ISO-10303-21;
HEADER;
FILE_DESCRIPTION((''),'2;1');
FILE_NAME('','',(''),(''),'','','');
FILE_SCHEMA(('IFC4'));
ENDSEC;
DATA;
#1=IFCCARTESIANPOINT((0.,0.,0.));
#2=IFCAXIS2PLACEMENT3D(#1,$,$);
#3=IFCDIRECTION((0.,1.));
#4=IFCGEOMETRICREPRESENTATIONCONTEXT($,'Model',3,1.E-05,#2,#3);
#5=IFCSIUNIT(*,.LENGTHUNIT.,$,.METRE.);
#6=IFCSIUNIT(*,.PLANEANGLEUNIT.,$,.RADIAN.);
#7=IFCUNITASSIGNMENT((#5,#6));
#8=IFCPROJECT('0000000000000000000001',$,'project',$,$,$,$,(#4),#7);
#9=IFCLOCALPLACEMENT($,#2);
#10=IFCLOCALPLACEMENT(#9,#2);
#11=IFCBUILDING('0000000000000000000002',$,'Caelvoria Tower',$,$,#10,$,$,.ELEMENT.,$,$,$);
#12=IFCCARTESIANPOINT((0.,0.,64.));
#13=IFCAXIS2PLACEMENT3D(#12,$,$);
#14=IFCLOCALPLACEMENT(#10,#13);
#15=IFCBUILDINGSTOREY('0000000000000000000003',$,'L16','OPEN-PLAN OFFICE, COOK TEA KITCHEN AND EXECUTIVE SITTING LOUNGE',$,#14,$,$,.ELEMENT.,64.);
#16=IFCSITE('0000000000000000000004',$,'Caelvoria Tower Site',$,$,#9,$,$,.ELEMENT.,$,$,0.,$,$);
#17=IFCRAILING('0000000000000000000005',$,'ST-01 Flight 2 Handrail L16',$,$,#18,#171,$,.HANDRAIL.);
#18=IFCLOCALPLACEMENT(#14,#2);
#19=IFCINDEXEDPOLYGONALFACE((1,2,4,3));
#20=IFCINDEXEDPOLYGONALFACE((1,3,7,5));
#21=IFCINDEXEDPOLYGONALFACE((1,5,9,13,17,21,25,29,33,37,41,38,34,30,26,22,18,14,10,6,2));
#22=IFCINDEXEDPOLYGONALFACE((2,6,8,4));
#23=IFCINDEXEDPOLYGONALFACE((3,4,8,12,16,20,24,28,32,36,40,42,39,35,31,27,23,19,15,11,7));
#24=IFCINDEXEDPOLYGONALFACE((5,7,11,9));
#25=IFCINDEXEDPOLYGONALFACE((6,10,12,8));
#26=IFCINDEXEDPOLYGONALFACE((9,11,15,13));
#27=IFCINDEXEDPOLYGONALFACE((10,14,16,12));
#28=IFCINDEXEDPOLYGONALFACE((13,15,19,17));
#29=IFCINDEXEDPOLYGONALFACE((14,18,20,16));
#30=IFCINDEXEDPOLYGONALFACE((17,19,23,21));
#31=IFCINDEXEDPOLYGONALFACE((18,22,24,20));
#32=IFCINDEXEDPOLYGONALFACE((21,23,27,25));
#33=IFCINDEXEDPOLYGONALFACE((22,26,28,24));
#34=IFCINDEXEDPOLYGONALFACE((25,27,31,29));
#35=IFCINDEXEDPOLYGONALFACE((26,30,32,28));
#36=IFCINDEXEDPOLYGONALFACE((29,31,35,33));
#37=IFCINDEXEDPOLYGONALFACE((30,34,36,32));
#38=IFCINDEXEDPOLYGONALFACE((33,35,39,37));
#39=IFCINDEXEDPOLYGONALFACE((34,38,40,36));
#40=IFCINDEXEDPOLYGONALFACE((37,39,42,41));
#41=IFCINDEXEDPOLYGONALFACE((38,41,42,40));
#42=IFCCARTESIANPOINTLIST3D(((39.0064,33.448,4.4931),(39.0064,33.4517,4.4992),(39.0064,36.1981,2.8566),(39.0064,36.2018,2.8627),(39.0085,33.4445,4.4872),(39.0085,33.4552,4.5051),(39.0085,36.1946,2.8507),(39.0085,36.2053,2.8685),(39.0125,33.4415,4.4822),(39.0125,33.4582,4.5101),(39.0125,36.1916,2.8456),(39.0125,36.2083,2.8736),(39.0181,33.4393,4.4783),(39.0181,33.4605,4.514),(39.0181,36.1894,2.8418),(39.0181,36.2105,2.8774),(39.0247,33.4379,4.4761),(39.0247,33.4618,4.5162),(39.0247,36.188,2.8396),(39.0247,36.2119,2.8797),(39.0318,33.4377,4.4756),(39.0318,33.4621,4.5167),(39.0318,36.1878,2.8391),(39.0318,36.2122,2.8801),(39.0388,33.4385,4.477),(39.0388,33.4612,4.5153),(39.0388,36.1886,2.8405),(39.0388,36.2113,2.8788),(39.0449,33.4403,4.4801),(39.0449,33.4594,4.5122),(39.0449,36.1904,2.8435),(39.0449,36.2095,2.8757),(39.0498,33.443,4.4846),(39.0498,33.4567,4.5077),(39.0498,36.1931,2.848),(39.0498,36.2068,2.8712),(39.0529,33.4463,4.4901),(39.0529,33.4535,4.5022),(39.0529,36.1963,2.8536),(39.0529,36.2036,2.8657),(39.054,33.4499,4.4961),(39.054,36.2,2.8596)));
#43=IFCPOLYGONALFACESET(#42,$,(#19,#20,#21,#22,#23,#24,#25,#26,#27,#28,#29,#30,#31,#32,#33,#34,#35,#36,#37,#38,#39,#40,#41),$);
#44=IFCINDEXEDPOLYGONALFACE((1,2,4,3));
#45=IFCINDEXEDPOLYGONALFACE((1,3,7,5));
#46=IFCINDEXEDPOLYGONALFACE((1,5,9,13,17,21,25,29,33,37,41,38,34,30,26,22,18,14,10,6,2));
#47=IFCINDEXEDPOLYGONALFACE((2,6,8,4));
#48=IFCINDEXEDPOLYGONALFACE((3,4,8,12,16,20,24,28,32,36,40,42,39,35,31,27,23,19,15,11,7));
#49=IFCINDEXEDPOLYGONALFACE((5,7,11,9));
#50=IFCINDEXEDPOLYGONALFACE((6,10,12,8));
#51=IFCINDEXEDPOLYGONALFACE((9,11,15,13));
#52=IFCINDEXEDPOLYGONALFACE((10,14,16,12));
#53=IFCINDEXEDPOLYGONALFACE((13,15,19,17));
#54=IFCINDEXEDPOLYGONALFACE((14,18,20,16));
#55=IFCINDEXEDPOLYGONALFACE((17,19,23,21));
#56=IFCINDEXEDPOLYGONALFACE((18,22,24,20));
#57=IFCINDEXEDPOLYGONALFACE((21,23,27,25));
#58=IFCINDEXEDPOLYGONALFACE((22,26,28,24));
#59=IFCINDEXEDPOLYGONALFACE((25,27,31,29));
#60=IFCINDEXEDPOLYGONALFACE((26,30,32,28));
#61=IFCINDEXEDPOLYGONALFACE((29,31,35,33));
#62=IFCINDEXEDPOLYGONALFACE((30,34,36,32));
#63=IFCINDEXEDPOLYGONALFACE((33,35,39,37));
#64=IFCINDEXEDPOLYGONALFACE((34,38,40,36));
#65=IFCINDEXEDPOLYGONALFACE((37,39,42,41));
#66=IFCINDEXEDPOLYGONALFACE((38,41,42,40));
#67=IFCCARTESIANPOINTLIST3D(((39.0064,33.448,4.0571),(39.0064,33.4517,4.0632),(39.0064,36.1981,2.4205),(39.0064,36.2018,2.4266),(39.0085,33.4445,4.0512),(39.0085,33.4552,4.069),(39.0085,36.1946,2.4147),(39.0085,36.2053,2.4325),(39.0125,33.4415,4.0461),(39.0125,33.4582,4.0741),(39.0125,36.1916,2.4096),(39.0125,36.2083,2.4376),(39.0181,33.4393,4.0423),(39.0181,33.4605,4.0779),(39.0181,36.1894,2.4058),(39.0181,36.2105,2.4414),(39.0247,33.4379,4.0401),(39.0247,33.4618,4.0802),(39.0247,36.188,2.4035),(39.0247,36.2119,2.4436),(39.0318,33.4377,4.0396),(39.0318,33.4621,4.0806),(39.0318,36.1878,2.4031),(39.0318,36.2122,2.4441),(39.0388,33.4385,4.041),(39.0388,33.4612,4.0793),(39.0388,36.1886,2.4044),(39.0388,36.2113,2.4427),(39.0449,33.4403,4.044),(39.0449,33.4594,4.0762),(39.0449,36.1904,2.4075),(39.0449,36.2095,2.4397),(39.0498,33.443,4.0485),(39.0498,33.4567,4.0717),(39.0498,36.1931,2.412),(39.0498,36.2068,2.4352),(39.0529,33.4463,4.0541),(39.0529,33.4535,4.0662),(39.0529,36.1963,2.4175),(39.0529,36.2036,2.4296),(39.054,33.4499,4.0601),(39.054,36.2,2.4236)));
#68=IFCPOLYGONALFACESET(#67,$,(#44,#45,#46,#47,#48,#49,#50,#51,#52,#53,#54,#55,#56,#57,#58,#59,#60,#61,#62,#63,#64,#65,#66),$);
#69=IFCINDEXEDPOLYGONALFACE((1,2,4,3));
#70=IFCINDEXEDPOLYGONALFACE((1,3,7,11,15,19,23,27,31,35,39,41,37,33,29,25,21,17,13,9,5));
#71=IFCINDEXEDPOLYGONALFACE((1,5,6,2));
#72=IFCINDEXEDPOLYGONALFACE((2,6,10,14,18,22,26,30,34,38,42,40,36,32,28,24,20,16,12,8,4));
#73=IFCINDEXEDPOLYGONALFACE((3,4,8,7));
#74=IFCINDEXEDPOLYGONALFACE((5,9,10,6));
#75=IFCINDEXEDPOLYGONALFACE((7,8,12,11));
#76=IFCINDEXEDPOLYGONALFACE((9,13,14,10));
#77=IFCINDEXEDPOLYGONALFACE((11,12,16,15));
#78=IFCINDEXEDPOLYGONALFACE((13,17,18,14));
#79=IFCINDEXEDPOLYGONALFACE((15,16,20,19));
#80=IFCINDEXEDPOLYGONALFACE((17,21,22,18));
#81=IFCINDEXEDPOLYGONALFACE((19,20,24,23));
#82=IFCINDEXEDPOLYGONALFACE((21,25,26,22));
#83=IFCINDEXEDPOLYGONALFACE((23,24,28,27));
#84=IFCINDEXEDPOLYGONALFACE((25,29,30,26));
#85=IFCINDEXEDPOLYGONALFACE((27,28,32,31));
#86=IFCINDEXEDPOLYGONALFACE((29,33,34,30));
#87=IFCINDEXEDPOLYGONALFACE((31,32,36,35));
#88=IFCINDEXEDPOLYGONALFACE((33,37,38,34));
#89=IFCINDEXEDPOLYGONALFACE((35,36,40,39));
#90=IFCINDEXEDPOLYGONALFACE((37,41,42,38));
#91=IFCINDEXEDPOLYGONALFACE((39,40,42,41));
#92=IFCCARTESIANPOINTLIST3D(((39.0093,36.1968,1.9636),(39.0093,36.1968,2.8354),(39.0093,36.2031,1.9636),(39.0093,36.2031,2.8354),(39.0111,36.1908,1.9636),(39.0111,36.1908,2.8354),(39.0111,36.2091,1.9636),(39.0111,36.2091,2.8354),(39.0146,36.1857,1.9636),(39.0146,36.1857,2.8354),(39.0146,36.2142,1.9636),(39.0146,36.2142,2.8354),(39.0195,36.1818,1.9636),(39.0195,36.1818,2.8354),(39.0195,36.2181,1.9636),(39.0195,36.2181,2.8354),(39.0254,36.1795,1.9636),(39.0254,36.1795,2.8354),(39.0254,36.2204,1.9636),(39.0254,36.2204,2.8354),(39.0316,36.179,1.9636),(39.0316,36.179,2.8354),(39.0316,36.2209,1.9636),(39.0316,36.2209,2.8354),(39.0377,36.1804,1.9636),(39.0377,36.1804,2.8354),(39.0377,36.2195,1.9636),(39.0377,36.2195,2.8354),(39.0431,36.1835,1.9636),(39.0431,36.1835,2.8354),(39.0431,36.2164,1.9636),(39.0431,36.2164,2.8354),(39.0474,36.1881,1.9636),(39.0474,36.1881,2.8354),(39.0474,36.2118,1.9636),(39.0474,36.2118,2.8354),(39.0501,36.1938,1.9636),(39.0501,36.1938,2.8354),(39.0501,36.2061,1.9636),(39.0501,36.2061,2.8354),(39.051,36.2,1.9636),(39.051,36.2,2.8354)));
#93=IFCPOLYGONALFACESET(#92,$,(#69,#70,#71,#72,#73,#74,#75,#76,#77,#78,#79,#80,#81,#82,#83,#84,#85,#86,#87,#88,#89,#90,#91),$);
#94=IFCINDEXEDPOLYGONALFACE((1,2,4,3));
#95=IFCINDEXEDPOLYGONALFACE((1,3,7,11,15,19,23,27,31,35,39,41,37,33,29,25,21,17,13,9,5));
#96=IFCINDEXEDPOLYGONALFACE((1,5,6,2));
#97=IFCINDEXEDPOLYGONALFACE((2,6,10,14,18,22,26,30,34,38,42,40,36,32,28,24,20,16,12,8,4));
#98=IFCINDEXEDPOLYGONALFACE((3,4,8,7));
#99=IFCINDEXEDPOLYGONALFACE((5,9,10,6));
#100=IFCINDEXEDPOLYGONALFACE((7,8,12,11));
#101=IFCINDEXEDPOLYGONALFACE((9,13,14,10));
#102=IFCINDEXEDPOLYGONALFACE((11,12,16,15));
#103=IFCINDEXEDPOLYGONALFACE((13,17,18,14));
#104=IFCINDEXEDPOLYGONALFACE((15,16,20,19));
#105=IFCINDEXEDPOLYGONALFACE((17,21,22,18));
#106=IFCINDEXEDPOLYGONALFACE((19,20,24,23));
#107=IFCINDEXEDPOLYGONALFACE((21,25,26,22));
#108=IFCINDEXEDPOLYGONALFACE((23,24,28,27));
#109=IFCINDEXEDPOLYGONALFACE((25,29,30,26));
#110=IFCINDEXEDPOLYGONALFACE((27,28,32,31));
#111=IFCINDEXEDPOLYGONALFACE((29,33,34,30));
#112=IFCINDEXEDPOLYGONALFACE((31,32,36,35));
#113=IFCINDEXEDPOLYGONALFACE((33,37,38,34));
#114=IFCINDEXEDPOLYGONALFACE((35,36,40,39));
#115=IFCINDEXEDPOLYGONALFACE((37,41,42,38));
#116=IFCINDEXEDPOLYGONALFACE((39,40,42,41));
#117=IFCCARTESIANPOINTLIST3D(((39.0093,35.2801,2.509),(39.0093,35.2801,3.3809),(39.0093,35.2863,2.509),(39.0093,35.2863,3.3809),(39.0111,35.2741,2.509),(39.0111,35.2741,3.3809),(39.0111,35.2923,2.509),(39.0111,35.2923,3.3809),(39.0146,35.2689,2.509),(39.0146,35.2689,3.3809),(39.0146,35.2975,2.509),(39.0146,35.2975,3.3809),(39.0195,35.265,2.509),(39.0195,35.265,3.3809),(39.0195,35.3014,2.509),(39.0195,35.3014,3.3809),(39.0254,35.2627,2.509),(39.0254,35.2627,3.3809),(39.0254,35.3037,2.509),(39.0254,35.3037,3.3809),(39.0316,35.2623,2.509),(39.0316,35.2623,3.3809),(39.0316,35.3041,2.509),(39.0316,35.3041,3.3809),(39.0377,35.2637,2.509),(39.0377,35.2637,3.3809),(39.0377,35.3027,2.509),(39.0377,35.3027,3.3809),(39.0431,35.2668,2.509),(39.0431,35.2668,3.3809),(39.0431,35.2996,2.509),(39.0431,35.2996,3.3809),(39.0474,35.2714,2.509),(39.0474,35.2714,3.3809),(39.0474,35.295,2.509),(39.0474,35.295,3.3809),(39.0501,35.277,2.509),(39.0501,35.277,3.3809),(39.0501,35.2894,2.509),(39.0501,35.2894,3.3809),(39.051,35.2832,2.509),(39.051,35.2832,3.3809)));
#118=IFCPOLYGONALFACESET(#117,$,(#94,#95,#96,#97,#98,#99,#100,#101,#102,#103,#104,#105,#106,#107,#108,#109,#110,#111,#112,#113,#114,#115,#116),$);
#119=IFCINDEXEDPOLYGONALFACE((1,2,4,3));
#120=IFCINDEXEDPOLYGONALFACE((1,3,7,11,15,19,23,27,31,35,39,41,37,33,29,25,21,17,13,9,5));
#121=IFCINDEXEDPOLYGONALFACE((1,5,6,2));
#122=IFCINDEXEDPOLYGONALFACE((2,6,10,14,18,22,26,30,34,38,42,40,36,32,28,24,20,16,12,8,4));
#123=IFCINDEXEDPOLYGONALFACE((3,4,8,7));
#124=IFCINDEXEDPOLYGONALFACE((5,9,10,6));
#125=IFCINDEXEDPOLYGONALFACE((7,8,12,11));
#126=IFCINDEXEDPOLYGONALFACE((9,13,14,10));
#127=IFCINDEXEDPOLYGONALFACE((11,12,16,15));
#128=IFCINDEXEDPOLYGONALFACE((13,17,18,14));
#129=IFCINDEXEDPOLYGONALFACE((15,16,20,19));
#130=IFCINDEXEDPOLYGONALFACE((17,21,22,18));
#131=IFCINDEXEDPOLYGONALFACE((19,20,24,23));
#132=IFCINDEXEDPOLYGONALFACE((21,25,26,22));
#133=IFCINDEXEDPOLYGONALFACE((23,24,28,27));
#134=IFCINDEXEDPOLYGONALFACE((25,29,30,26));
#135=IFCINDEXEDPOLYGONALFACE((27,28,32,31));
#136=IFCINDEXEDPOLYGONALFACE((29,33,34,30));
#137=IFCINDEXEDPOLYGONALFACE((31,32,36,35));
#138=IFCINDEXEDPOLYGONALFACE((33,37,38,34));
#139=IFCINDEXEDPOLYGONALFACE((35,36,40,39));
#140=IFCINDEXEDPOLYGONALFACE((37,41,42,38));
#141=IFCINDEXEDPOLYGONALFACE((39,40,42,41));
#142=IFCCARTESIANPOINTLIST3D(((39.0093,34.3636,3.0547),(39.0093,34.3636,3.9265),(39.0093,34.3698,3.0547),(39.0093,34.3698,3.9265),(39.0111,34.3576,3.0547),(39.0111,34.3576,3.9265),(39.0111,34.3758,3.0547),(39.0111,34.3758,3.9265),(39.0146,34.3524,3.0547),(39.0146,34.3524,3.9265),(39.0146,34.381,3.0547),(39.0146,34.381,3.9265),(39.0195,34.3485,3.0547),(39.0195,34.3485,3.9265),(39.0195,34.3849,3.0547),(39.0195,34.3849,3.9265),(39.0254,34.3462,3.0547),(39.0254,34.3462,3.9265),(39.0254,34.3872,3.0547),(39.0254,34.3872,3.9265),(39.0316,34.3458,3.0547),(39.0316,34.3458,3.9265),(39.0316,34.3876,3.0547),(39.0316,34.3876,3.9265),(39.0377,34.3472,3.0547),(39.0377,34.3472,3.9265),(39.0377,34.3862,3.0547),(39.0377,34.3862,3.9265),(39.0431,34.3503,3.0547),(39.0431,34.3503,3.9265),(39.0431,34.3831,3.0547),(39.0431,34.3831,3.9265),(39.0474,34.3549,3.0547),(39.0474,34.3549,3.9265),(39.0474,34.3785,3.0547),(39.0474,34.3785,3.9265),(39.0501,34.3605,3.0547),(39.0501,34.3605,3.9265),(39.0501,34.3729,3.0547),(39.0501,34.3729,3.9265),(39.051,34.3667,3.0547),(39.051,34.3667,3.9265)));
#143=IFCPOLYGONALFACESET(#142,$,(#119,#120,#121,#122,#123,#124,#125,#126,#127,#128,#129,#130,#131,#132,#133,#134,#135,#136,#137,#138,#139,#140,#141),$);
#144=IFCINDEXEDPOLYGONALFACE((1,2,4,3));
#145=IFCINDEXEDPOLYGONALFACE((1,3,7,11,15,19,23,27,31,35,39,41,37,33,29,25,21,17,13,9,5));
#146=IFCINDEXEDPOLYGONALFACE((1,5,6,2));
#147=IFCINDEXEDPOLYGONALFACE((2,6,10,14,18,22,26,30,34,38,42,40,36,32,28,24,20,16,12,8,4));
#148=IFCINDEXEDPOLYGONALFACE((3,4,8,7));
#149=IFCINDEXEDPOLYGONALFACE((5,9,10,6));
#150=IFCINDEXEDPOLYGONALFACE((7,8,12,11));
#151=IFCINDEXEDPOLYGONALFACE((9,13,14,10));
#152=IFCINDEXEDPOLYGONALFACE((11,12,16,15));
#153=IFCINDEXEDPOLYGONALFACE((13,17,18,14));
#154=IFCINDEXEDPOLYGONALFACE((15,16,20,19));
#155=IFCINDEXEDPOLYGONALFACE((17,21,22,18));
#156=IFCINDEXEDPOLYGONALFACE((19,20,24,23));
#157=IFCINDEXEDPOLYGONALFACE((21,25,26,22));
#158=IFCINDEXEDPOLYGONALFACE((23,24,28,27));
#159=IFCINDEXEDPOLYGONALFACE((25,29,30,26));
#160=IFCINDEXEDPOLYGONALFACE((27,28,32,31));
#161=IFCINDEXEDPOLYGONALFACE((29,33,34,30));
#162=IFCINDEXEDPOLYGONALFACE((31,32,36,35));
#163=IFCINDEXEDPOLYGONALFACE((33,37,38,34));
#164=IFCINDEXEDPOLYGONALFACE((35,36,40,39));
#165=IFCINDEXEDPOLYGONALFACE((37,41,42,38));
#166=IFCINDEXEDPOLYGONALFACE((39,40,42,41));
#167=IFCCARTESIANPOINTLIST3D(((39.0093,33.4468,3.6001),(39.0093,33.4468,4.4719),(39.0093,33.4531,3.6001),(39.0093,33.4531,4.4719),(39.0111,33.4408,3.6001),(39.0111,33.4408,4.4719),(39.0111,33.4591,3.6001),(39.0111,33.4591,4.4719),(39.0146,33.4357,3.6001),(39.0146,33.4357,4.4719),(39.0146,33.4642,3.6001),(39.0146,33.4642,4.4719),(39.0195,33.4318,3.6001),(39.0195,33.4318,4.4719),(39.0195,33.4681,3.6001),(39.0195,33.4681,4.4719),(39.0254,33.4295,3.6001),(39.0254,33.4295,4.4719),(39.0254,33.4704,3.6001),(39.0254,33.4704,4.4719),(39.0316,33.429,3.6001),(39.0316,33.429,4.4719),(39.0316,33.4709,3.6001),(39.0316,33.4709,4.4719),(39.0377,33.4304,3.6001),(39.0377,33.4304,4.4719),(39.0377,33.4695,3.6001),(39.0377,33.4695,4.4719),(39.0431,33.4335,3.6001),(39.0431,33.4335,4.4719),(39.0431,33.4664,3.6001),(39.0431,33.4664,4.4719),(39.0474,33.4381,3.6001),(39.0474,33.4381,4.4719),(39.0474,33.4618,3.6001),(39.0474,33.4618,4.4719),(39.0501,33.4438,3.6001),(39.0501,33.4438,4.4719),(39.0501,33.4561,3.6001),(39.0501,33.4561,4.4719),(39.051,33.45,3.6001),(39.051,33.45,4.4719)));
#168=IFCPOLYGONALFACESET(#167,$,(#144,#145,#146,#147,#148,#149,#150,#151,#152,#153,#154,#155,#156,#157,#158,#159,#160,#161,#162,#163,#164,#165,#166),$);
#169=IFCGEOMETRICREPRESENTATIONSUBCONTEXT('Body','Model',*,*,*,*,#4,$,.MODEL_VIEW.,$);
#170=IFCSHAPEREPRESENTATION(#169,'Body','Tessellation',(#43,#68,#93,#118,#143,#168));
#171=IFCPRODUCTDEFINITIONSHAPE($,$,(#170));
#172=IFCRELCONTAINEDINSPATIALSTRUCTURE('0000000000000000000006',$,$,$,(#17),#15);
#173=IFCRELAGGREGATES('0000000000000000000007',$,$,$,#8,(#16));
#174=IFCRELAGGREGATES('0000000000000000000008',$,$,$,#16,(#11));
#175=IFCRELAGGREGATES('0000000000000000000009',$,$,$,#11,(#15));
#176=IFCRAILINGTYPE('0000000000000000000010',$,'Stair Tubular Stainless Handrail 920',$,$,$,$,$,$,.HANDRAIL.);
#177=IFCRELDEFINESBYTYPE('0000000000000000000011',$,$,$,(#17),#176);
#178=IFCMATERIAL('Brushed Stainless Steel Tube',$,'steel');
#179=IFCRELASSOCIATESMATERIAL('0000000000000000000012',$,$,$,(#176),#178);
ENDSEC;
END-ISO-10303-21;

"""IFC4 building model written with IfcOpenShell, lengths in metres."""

from ifc_helpers import new_model, si_unit, direction, frame, origin, origin_2d, place, context, subcontext, project, spatial, circle, extrude, material, type_object, element, save


model = new_model("IFC4")

# Units and contexts
model_context = context("Model", 3, precision=1e-05, world=origin(), true_north=direction((0.0, 1.0)))
body_context = subcontext(model_context, "Body", "Model", "MODEL_VIEW")
ifc_project = project(units=[si_unit("LENGTHUNIT", "METRE"), si_unit("PLANEANGLEUNIT", "RADIAN")], contexts=[model_context])

# Site, building, storey
site_placement = place(None, origin())
site = spatial("IfcSite", under=ifc_project, at=site_placement, Name="Caelvoria Tower Site", CompositionType="ELEMENT", RefElevation=0.0)
building_placement = place(site_placement, origin())
building = spatial("IfcBuilding", under=site, at=building_placement, Name="Caelvoria Tower", CompositionType="ELEMENT")
storey_placement = place(building_placement, frame((0.0, 0.0, 64.0)))
storey = spatial("IfcBuildingStorey", under=building, at=storey_placement, Name="L16", Description="OPEN-PLAN OFFICE, COOK TEA KITCHEN AND EXECUTIVE SITTING LOUNGE", CompositionType="ELEMENT", Elevation=64.0)

# Railing
ifc_material_1 = material(Name="Brushed Stainless Steel Tube", Category="steel")
railing_type_1 = type_object("IfcRailingType", Name="Stair Tubular Stainless Handrail 920", PredefinedType="HANDRAIL", material=ifc_material_1)
railing_1_placement = place(storey_placement, frame((39.03, 36.2, 1.9636)))
element("IfcRailing", 1, at=railing_1_placement, inside=storey, type_object=railing_type_1, Name="ST-01 Flight 2 Handrail L16", PredefinedType="HANDRAIL", context=body_context, shape_type="SweptSolid", body=[
    extrude(circle(Radius=0.0239, at=origin_2d()), frame((0.0, 0.0, 0.896), z_axis=(0.0, -0.859352, 0.511385), x_axis=(1.0, 0.0, 0.0)), (0.0, 0.0, 1.0), 3.2002),
    extrude(circle(Radius=0.0239, at=origin_2d()), frame((0.0, 0.0, 0.46), z_axis=(0.0, -0.859352, 0.511385), x_axis=(1.0, 0.0, 0.0)), (0.0, 0.0, 1.0), 3.2002),
    extrude(circle(Radius=0.021, at=origin_2d()), origin(), (0.0, 0.0, 1.0), 0.8718),
    extrude(circle(Radius=0.021, at=origin_2d()), frame((0.0, -0.9167, 0.5454)), (0.0, 0.0, 1.0), 0.8718),
    extrude(circle(Radius=0.021, at=origin_2d()), frame((0.0, -1.8333, 1.0911)), (0.0, 0.0, 1.0), 0.8718),
    extrude(circle(Radius=0.021, at=origin_2d()), frame((0.0, -2.75, 1.6365)), (0.0, 0.0, 1.0), 0.8718),
])

save(model, "model.ifc")
